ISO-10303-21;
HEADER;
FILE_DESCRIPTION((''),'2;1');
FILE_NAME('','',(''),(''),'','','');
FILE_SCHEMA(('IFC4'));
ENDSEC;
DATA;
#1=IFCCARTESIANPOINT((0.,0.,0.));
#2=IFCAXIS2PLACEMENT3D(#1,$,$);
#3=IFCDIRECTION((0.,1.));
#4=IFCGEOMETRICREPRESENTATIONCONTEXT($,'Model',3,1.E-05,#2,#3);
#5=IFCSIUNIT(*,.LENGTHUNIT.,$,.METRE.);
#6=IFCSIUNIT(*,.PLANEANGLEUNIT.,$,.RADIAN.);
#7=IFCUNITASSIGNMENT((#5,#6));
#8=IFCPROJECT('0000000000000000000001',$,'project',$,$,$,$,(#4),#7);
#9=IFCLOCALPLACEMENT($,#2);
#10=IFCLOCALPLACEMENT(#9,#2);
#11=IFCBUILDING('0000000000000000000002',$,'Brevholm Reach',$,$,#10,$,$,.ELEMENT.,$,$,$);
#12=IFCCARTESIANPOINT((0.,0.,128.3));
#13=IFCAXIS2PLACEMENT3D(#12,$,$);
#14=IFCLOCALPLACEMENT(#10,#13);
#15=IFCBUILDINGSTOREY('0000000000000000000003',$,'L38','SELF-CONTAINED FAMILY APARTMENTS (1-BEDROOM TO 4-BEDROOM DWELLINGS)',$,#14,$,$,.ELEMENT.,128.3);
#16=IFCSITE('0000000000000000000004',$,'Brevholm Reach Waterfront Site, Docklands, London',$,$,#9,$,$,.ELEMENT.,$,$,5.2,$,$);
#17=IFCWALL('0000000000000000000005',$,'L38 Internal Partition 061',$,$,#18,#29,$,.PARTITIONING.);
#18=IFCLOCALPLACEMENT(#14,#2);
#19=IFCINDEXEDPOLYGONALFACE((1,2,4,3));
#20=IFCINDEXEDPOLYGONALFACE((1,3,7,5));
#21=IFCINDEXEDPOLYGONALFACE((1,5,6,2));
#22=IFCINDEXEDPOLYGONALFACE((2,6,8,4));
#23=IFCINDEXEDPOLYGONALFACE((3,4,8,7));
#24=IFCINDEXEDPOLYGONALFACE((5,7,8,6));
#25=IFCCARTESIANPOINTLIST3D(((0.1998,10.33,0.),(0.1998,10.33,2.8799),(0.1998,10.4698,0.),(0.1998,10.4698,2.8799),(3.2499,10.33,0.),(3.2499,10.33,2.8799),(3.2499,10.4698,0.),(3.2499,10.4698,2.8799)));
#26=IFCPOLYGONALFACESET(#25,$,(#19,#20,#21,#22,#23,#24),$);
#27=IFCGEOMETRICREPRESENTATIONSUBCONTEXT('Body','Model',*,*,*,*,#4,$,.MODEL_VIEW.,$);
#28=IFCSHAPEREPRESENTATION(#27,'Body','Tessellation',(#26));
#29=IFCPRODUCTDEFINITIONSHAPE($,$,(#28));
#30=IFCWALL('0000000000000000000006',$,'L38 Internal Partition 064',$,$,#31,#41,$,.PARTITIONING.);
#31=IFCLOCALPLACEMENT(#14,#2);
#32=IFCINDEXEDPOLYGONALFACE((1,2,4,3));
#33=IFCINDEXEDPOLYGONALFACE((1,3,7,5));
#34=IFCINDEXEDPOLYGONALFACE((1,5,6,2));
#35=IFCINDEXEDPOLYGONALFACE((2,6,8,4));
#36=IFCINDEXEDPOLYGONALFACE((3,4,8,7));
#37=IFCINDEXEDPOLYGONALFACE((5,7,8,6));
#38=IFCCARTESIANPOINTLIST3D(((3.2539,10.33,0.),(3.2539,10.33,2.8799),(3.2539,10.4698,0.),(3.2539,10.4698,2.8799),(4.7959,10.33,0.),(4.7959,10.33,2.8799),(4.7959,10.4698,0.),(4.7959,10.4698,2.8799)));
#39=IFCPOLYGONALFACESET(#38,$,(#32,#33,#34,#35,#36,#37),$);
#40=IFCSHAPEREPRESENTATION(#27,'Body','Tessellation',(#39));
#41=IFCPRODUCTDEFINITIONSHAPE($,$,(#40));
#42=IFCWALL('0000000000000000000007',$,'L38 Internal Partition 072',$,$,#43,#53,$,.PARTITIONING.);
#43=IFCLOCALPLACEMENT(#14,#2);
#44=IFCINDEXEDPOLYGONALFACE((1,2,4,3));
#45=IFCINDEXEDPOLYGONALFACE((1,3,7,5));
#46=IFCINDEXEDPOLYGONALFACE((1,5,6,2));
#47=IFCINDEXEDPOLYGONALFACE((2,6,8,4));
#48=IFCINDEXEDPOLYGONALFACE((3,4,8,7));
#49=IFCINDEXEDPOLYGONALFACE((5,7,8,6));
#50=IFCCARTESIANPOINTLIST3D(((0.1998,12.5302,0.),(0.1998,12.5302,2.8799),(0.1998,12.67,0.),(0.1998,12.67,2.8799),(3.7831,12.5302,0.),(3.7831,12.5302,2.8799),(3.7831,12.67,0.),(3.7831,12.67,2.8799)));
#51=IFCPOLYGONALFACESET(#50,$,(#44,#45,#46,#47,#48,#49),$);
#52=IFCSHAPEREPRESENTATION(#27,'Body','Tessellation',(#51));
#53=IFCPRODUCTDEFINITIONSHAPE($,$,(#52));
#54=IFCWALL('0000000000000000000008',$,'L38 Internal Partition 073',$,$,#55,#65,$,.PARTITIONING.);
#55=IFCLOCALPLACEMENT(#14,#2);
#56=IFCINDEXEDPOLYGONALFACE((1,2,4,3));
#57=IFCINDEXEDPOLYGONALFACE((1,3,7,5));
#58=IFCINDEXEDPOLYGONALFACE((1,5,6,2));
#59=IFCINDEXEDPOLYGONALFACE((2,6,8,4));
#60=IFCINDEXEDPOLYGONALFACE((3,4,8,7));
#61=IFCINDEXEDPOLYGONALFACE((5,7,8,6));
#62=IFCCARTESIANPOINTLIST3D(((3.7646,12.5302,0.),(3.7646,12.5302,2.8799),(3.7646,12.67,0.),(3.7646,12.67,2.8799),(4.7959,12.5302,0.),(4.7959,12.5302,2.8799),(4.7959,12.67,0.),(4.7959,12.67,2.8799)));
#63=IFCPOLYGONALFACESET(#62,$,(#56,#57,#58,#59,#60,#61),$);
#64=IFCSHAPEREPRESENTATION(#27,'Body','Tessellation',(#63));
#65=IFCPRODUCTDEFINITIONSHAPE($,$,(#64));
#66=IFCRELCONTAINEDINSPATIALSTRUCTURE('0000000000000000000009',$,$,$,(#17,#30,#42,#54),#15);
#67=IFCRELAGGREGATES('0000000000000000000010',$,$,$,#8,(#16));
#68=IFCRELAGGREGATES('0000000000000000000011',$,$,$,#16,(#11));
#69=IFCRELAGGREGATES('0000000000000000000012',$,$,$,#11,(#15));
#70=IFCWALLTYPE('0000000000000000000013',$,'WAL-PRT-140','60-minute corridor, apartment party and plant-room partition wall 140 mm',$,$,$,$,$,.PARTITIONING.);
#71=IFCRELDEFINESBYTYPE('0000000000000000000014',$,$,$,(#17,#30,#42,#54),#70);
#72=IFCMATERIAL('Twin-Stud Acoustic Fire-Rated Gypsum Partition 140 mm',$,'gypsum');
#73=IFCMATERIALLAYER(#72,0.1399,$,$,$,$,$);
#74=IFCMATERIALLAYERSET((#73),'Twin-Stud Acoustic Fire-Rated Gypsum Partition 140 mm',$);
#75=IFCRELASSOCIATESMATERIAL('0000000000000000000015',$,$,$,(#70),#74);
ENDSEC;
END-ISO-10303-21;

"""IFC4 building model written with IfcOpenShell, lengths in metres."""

from ifc_helpers import new_model, si_unit, direction, frame, frame_2d, origin, place, context, subcontext, project, spatial, rectangle, extrude, material, layer, layer_set, type_object, element, save


model = new_model("IFC4")

# Units and contexts
model_context = context("Model", 3, precision=1e-05, world=origin(), true_north=direction((0.0, 1.0)))
body_context = subcontext(model_context, "Body", "Model", "MODEL_VIEW")
ifc_project = project(units=[si_unit("LENGTHUNIT", "METRE"), si_unit("PLANEANGLEUNIT", "RADIAN")], contexts=[model_context])

# Site, building, storey
site_placement = place(None, origin())
site = spatial("IfcSite", under=ifc_project, at=site_placement, Name="Brevholm Reach Waterfront Site, Docklands, London", CompositionType="ELEMENT", RefElevation=5.2)
building_placement = place(site_placement, origin())
building = spatial("IfcBuilding", under=site, at=building_placement, Name="Brevholm Reach", CompositionType="ELEMENT")
storey_placement = place(building_placement, frame((0.0, 0.0, 128.3)))
storey = spatial("IfcBuildingStorey", under=building, at=storey_placement, Name="L38", Description="SELF-CONTAINED FAMILY APARTMENTS (1-BEDROOM TO 4-BEDROOM DWELLINGS)", CompositionType="ELEMENT", Elevation=128.3)

# Shared definitions
ifc_material_1 = material(Name="Twin-Stud Acoustic Fire-Rated Gypsum Partition 140 mm", Category="gypsum")
ifc_layer_1 = layer(ifc_material_1, 0.1399)
ifc_layer_set_1 = layer_set([ifc_layer_1], Name="Twin-Stud Acoustic Fire-Rated Gypsum Partition 140 mm")
wall_type_1 = type_object("IfcWallType", Name="WAL-PRT-140", Description="60-minute corridor, apartment party and plant-room partition wall 140 mm", PredefinedType="PARTITIONING", material=ifc_layer_set_1)

# Walls
wall_1_placement = place(storey_placement, frame((0.2, 10.3999, 0.0), z_axis=(0.0, 0.0, 1.0), x_axis=(1.0, 0.0, 0.0)))
element("IfcWall", 1, at=wall_1_placement, inside=storey, type_object=wall_type_1, Name="L38 Internal Partition 061", PredefinedType="PARTITIONING", context=body_context, shape_type="SweptSolid", body=[
    extrude(rectangle(XDim=3.05, YDim=0.1399, at=frame_2d((1.5249, 0.0))), origin(), (0.0, 0.0, 1.0), 2.8799),
])
wall_2_placement = place(storey_placement, frame((3.2539, 10.3999, 0.0), z_axis=(0.0, 0.0, 1.0), x_axis=(1.0, 0.0, 0.0)))
element("IfcWall", 2, at=wall_2_placement, inside=storey, type_object=wall_type_1, Name="L38 Internal Partition 064", PredefinedType="PARTITIONING", context=body_context, shape_type="SweptSolid", body=[
    extrude(rectangle(XDim=1.542, YDim=0.1399, at=frame_2d((0.771, 0.0))), origin(), (0.0, 0.0, 1.0), 2.8799),
])
wall_3_placement = place(storey_placement, frame((0.2, 12.6001, 0.0), z_axis=(0.0, 0.0, 1.0), x_axis=(1.0, 0.0, 0.0)))
element("IfcWall", 3, at=wall_3_placement, inside=storey, type_object=wall_type_1, Name="L38 Internal Partition 072", PredefinedType="PARTITIONING", context=body_context, shape_type="SweptSolid", body=[
    extrude(rectangle(XDim=3.5833, YDim=0.1399, at=frame_2d((1.7915, 0.0))), origin(), (0.0, 0.0, 1.0), 2.8799),
])
wall_4_placement = place(storey_placement, frame((3.7646, 12.6001, 0.0), z_axis=(0.0, 0.0, 1.0), x_axis=(1.0, 0.0, 0.0)))
element("IfcWall", 4, at=wall_4_placement, inside=storey, type_object=wall_type_1, Name="L38 Internal Partition 073", PredefinedType="PARTITIONING", context=body_context, shape_type="SweptSolid", body=[
    extrude(rectangle(XDim=1.0312, YDim=0.1399, at=frame_2d((0.5156, 0.0))), origin(), (0.0, 0.0, 1.0), 2.8799),
])

save(model, "model.ifc")
